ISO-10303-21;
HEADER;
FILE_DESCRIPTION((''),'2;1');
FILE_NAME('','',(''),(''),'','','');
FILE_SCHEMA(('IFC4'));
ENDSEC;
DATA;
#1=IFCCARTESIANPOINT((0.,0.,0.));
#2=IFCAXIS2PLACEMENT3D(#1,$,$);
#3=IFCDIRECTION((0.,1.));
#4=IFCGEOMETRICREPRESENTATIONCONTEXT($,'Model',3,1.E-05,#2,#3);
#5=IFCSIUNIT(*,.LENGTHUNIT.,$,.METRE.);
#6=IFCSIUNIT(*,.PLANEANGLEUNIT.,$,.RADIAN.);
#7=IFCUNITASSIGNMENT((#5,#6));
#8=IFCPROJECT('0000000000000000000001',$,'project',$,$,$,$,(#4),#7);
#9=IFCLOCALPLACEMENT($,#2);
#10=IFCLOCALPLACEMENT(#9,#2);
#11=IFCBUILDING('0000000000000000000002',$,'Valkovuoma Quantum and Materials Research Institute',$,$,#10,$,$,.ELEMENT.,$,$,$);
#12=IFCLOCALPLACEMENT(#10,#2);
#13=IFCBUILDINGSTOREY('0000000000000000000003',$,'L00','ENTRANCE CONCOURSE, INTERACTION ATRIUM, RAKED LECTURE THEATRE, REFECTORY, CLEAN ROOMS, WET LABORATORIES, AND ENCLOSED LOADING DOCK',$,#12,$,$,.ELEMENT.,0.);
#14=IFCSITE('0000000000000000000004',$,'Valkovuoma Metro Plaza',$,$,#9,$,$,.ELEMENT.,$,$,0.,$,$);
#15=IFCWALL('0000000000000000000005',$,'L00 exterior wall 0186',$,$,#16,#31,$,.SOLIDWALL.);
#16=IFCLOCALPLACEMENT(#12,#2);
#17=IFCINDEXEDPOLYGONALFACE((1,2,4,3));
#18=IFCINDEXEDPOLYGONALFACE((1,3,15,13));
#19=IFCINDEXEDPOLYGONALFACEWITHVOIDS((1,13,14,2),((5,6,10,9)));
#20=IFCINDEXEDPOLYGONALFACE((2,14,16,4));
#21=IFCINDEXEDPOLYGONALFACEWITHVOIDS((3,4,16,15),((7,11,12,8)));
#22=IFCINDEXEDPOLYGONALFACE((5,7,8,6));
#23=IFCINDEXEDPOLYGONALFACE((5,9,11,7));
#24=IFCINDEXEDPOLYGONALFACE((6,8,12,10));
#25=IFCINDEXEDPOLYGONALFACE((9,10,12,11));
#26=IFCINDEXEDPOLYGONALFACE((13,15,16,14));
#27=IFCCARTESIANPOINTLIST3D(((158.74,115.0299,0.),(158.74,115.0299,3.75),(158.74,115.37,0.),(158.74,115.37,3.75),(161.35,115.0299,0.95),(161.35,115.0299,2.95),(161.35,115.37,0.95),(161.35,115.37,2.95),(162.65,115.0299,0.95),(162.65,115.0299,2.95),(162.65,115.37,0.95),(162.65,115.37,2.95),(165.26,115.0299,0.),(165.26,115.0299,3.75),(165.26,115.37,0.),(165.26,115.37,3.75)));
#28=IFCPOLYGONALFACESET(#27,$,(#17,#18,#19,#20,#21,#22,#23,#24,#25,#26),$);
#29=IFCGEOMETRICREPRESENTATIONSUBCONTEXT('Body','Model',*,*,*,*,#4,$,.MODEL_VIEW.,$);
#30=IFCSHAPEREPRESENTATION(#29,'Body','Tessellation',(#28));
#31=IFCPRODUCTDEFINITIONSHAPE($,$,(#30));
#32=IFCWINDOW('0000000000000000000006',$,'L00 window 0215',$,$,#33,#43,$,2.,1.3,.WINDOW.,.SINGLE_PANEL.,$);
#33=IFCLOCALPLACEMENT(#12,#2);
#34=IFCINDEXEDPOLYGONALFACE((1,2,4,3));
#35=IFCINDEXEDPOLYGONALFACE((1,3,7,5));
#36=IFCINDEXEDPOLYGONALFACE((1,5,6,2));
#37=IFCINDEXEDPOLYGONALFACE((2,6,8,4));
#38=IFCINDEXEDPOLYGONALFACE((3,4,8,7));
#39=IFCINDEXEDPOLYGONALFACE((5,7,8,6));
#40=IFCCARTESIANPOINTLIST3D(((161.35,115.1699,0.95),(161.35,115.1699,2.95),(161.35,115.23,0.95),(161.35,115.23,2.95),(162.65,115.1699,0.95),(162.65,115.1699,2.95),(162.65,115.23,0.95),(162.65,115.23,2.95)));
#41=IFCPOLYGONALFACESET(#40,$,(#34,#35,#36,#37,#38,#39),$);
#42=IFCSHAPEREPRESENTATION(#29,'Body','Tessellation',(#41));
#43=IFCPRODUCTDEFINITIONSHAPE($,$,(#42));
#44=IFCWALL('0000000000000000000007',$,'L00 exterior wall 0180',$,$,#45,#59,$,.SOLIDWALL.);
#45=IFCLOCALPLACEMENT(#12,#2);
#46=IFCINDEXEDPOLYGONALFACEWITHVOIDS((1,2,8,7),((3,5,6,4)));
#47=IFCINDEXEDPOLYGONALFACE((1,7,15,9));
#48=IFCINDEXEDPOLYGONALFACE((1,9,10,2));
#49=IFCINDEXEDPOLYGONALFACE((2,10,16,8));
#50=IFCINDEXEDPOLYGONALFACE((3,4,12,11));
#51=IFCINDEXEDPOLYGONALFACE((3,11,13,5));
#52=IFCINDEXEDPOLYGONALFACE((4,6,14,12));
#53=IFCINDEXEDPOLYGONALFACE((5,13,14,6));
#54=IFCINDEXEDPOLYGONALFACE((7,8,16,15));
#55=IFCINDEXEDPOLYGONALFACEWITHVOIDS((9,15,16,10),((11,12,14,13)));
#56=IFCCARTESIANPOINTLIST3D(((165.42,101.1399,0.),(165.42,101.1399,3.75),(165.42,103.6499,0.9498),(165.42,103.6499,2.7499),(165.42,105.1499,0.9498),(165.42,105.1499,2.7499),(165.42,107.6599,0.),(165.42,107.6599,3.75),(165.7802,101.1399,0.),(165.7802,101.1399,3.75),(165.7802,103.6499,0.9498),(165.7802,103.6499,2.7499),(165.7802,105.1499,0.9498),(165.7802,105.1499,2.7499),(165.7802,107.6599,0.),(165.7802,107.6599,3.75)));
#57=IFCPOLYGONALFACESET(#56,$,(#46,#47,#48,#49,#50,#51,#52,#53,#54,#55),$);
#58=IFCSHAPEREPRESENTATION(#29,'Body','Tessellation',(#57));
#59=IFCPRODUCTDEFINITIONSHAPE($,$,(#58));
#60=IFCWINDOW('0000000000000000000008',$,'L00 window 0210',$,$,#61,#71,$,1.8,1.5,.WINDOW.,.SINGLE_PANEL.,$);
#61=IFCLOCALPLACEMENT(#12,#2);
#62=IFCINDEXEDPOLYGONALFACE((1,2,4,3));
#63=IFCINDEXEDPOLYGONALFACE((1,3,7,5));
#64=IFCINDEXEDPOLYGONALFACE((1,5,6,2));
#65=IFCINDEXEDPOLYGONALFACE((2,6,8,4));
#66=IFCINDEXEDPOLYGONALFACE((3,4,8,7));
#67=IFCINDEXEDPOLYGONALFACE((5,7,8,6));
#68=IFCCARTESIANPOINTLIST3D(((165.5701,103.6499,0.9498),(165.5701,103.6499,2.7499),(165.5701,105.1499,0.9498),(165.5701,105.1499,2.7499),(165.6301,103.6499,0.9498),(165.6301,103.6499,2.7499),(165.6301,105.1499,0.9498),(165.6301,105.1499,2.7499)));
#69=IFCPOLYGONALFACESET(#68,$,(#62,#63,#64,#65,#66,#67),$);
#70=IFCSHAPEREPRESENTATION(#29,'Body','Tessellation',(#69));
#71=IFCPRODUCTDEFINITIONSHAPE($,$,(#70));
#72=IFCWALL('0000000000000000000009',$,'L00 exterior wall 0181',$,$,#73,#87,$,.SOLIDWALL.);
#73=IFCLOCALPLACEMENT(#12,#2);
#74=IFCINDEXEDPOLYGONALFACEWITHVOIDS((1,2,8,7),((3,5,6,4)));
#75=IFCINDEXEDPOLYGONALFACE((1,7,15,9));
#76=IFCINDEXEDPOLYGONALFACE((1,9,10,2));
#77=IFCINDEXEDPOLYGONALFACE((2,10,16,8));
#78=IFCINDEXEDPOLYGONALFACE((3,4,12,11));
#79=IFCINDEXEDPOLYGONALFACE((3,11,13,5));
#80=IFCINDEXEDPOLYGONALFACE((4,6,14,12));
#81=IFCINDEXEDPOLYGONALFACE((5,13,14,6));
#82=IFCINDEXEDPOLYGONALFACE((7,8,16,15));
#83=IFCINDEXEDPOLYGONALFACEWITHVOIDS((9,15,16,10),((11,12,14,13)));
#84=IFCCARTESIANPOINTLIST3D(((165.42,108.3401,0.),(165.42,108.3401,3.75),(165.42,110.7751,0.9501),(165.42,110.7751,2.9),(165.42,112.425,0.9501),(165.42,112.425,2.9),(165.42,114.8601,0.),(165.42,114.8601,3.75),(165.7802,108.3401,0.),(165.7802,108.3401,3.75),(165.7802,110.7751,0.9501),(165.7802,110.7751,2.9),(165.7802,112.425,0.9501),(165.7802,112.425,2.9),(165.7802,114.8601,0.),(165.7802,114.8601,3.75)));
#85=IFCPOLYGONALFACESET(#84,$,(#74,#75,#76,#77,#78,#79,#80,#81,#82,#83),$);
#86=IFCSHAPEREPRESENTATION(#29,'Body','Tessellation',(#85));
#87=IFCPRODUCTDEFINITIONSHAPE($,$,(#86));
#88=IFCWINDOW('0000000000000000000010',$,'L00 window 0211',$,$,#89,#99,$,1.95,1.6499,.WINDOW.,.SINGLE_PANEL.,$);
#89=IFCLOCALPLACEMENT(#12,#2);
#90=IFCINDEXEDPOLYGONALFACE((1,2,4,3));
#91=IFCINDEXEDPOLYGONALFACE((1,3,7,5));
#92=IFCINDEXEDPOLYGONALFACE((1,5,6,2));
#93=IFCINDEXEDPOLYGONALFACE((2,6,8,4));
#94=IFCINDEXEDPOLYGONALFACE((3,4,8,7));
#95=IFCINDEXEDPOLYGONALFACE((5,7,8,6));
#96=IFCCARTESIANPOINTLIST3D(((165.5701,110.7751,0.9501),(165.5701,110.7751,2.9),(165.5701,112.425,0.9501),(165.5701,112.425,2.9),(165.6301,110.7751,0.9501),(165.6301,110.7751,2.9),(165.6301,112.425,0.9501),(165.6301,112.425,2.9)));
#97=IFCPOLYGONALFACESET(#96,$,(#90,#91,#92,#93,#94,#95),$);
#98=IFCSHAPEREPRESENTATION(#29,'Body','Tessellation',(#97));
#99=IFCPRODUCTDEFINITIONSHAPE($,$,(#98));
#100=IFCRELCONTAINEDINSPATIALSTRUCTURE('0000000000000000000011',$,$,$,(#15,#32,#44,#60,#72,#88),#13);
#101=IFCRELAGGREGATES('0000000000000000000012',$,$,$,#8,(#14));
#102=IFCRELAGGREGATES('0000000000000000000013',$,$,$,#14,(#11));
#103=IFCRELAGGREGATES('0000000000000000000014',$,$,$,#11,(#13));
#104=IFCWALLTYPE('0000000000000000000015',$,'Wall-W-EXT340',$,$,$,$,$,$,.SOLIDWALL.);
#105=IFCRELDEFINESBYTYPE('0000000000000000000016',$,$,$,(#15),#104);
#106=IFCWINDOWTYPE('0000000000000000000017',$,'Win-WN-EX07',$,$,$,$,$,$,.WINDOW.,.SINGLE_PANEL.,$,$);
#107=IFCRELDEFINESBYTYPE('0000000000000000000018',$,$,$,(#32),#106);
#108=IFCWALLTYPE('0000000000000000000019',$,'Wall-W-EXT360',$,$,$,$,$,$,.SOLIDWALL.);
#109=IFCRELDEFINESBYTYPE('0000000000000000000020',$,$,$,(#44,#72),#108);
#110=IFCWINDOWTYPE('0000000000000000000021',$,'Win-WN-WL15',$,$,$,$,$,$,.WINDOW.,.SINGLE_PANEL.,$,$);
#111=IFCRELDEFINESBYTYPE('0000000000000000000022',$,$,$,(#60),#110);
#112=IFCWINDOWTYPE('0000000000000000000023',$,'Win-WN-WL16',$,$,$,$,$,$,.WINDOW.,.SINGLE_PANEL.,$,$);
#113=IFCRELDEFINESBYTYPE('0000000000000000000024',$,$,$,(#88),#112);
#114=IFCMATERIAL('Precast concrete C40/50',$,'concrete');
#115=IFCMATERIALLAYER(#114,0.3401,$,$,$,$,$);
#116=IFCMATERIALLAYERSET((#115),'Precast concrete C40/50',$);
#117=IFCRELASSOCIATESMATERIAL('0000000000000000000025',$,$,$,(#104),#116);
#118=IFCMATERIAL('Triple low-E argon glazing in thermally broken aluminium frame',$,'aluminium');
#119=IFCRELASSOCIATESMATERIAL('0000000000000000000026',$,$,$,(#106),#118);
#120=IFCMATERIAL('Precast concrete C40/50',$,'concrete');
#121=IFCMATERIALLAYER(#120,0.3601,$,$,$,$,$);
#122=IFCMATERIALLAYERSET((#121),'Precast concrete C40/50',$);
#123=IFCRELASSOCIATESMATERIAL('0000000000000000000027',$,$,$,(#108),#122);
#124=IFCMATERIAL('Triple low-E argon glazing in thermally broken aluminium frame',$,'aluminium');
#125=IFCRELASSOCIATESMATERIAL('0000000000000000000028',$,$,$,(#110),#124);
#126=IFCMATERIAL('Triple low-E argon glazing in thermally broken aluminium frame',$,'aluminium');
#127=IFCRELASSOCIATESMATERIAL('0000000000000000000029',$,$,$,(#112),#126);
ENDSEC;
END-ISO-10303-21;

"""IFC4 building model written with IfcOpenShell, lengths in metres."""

from ifc_helpers import new_model, si_unit, direction, frame, frame_2d, origin, place, context, subcontext, project, spatial, rectangle, extrude, material, layer, layer_set, type_object, element, fill, save


model = new_model("IFC4")

# Units and contexts
model_context = context("Model", 3, precision=1e-05, world=origin(), true_north=direction((0.0, 1.0)))
body_context = subcontext(model_context, "Body", "Model", "MODEL_VIEW")
ifc_project = project(units=[si_unit("LENGTHUNIT", "METRE"), si_unit("PLANEANGLEUNIT", "RADIAN")], contexts=[model_context])

# Site, building, storey
site_placement = place(None, origin())
site = spatial("IfcSite", under=ifc_project, at=site_placement, Name="Valkovuoma Metro Plaza", CompositionType="ELEMENT", RefElevation=0.0)
building_placement = place(site_placement, origin())
building = spatial("IfcBuilding", under=site, at=building_placement, Name="Valkovuoma Quantum and Materials Research Institute", CompositionType="ELEMENT")
storey_placement = place(building_placement, origin())
storey = spatial("IfcBuildingStorey", under=building, at=storey_placement, Name="L00", Description="ENTRANCE CONCOURSE, INTERACTION ATRIUM, RAKED LECTURE THEATRE, REFECTORY, CLEAN ROOMS, WET LABORATORIES, AND ENCLOSED LOADING DOCK", CompositionType="ELEMENT", Elevation=0.0)

# Walls, openings, windows
ifc_material_1 = material(Name="Precast concrete C40/50", Category="concrete")
ifc_layer_1 = layer(ifc_material_1, 0.3401)
ifc_layer_set_1 = layer_set([ifc_layer_1], Name="Precast concrete C40/50")
wall_type_1 = type_object("IfcWallType", Name="Wall-W-EXT340", PredefinedType="SOLIDWALL", material=ifc_layer_set_1)
wall_1_placement = place(storey_placement, frame((158.74, 115.2, 0.0), z_axis=(0.0, 0.0, 1.0), x_axis=(1.0, 0.0, 0.0)))
wall_1 = element("IfcWall", 1, at=wall_1_placement, inside=storey, type_object=wall_type_1, Name="L00 exterior wall 0186", PredefinedType="SOLIDWALL", context=body_context, shape_type="SweptSolid", body=[
    extrude(rectangle(XDim=6.52, YDim=0.3401, at=frame_2d((3.26, 0.0))), origin(), (0.0, 0.0, 1.0), 3.75),
])
opening_1_placement = place(wall_1_placement, frame((2.6101, 0.0, 0.95)))
opening_1 = element("IfcOpeningElement", 2, at=opening_1_placement, cuts=wall_1, PredefinedType="OPENING", context=body_context, shape_type="SweptSolid", body=[
    extrude(rectangle(XDim=1.3, YDim=2.0, at=frame_2d((0.6499, 1.0))), frame((0.0, 0.1802, 0.0), z_axis=(0.0, -1.0, 0.0), x_axis=(1.0, 0.0, 0.0)), (0.0, 0.0, 1.0), 0.3601),
])
ifc_material_2 = material(Name="Triple low-E argon glazing in thermally broken aluminium frame", Category="aluminium")
window_type_1 = type_object("IfcWindowType", Name="Win-WN-EX07", PartitioningType="SINGLE_PANEL", PredefinedType="WINDOW", material=ifc_material_2)
window_1_placement = place(opening_1_placement, origin())
window_1 = element("IfcWindow", 3, at=window_1_placement, inside=storey, type_object=window_type_1, Name="L00 window 0215", OverallHeight=2.0, OverallWidth=1.3, PartitioningType="SINGLE_PANEL", PredefinedType="WINDOW", context=body_context, shape_type="SweptSolid", body=[
    extrude(rectangle(XDim=1.3, YDim=2.0, at=frame_2d((0.6499, 1.0))), frame((0.0, 0.03, 0.0), z_axis=(0.0, -1.0, 0.0), x_axis=(1.0, 0.0, 0.0)), (0.0, 0.0, 1.0), 0.0601),
])
fill(opening_1, window_1)
ifc_material_3 = material(Name="Precast concrete C40/50", Category="concrete")
ifc_layer_2 = layer(ifc_material_3, 0.3601)
ifc_layer_set_2 = layer_set([ifc_layer_2], Name="Precast concrete C40/50")
wall_type_2 = type_object("IfcWallType", Name="Wall-W-EXT360", PredefinedType="SOLIDWALL", material=ifc_layer_set_2)
wall_2_placement = place(storey_placement, frame((165.6001, 101.1399, 0.0), z_axis=(0.0, 0.0, 1.0), x_axis=(0.0, 1.0, 0.0)))
wall_2 = element("IfcWall", 4, at=wall_2_placement, inside=storey, type_object=wall_type_2, Name="L00 exterior wall 0180", PredefinedType="SOLIDWALL", context=body_context, shape_type="SweptSolid", body=[
    extrude(rectangle(XDim=6.52, YDim=0.3601, at=frame_2d((3.26, 0.0))), origin(), (0.0, 0.0, 1.0), 3.75),
])
opening_2_placement = place(wall_2_placement, frame((2.51, 0.0, 0.95)))
opening_2 = element("IfcOpeningElement", 5, at=opening_2_placement, cuts=wall_2, PredefinedType="OPENING", context=body_context, shape_type="SweptSolid", body=[
    extrude(rectangle(XDim=1.5, YDim=1.8, at=frame_2d((0.75, 0.8999))), frame((0.0, 0.1899, 0.0), z_axis=(0.0, -1.0, 0.0), x_axis=(1.0, 0.0, 0.0)), (0.0, 0.0, 1.0), 0.3801),
])
ifc_material_4 = material(Name="Triple low-E argon glazing in thermally broken aluminium frame", Category="aluminium")
window_type_2 = type_object("IfcWindowType", Name="Win-WN-WL15", PartitioningType="SINGLE_PANEL", PredefinedType="WINDOW", material=ifc_material_4)
window_2_placement = place(opening_2_placement, origin())
window_2 = element("IfcWindow", 6, at=window_2_placement, inside=storey, type_object=window_type_2, Name="L00 window 0210", OverallHeight=1.8, OverallWidth=1.5, PartitioningType="SINGLE_PANEL", PredefinedType="WINDOW", context=body_context, shape_type="SweptSolid", body=[
    extrude(rectangle(XDim=1.5, YDim=1.8, at=frame_2d((0.75, 0.8999))), frame((0.0, 0.03, 0.0), z_axis=(0.0, -1.0, 0.0), x_axis=(1.0, 0.0, 0.0)), (0.0, 0.0, 1.0), 0.0601),
])
fill(opening_2, window_2)
wall_3_placement = place(storey_placement, frame((165.6001, 108.3401, 0.0), z_axis=(0.0, 0.0, 1.0), x_axis=(0.0, 1.0, 0.0)))
wall_3 = element("IfcWall", 7, at=wall_3_placement, inside=storey, type_object=wall_type_2, Name="L00 exterior wall 0181", PredefinedType="SOLIDWALL", context=body_context, shape_type="SweptSolid", body=[
    extrude(rectangle(XDim=6.52, YDim=0.3601, at=frame_2d((3.26, 0.0))), origin(), (0.0, 0.0, 1.0), 3.75),
])
opening_3_placement = place(wall_3_placement, frame((2.4351, 0.0, 0.95)))
opening_3 = element("IfcOpeningElement", 8, at=opening_3_placement, cuts=wall_3, PredefinedType="OPENING", context=body_context, shape_type="SweptSolid", body=[
    extrude(rectangle(XDim=1.6499, YDim=1.95, at=frame_2d((0.825, 0.9751))), frame((0.0, 0.1899, 0.0), z_axis=(0.0, -1.0, 0.0), x_axis=(1.0, 0.0, 0.0)), (0.0, 0.0, 1.0), 0.3801),
])
ifc_material_5 = material(Name="Triple low-E argon glazing in thermally broken aluminium frame", Category="aluminium")
window_type_3 = type_object("IfcWindowType", Name="Win-WN-WL16", PartitioningType="SINGLE_PANEL", PredefinedType="WINDOW", material=ifc_material_5)
window_3_placement = place(opening_3_placement, origin())
window_3 = element("IfcWindow", 9, at=window_3_placement, inside=storey, type_object=window_type_3, Name="L00 window 0211", OverallHeight=1.95, OverallWidth=1.6499, PartitioningType="SINGLE_PANEL", PredefinedType="WINDOW", context=body_context, shape_type="SweptSolid", body=[
    extrude(rectangle(XDim=1.6499, YDim=1.95, at=frame_2d((0.825, 0.9751))), frame((0.0, 0.03, 0.0), z_axis=(0.0, -1.0, 0.0), x_axis=(1.0, 0.0, 0.0)), (0.0, 0.0, 1.0), 0.0601),
])
fill(opening_3, window_3)

save(model, "model.ifc")
